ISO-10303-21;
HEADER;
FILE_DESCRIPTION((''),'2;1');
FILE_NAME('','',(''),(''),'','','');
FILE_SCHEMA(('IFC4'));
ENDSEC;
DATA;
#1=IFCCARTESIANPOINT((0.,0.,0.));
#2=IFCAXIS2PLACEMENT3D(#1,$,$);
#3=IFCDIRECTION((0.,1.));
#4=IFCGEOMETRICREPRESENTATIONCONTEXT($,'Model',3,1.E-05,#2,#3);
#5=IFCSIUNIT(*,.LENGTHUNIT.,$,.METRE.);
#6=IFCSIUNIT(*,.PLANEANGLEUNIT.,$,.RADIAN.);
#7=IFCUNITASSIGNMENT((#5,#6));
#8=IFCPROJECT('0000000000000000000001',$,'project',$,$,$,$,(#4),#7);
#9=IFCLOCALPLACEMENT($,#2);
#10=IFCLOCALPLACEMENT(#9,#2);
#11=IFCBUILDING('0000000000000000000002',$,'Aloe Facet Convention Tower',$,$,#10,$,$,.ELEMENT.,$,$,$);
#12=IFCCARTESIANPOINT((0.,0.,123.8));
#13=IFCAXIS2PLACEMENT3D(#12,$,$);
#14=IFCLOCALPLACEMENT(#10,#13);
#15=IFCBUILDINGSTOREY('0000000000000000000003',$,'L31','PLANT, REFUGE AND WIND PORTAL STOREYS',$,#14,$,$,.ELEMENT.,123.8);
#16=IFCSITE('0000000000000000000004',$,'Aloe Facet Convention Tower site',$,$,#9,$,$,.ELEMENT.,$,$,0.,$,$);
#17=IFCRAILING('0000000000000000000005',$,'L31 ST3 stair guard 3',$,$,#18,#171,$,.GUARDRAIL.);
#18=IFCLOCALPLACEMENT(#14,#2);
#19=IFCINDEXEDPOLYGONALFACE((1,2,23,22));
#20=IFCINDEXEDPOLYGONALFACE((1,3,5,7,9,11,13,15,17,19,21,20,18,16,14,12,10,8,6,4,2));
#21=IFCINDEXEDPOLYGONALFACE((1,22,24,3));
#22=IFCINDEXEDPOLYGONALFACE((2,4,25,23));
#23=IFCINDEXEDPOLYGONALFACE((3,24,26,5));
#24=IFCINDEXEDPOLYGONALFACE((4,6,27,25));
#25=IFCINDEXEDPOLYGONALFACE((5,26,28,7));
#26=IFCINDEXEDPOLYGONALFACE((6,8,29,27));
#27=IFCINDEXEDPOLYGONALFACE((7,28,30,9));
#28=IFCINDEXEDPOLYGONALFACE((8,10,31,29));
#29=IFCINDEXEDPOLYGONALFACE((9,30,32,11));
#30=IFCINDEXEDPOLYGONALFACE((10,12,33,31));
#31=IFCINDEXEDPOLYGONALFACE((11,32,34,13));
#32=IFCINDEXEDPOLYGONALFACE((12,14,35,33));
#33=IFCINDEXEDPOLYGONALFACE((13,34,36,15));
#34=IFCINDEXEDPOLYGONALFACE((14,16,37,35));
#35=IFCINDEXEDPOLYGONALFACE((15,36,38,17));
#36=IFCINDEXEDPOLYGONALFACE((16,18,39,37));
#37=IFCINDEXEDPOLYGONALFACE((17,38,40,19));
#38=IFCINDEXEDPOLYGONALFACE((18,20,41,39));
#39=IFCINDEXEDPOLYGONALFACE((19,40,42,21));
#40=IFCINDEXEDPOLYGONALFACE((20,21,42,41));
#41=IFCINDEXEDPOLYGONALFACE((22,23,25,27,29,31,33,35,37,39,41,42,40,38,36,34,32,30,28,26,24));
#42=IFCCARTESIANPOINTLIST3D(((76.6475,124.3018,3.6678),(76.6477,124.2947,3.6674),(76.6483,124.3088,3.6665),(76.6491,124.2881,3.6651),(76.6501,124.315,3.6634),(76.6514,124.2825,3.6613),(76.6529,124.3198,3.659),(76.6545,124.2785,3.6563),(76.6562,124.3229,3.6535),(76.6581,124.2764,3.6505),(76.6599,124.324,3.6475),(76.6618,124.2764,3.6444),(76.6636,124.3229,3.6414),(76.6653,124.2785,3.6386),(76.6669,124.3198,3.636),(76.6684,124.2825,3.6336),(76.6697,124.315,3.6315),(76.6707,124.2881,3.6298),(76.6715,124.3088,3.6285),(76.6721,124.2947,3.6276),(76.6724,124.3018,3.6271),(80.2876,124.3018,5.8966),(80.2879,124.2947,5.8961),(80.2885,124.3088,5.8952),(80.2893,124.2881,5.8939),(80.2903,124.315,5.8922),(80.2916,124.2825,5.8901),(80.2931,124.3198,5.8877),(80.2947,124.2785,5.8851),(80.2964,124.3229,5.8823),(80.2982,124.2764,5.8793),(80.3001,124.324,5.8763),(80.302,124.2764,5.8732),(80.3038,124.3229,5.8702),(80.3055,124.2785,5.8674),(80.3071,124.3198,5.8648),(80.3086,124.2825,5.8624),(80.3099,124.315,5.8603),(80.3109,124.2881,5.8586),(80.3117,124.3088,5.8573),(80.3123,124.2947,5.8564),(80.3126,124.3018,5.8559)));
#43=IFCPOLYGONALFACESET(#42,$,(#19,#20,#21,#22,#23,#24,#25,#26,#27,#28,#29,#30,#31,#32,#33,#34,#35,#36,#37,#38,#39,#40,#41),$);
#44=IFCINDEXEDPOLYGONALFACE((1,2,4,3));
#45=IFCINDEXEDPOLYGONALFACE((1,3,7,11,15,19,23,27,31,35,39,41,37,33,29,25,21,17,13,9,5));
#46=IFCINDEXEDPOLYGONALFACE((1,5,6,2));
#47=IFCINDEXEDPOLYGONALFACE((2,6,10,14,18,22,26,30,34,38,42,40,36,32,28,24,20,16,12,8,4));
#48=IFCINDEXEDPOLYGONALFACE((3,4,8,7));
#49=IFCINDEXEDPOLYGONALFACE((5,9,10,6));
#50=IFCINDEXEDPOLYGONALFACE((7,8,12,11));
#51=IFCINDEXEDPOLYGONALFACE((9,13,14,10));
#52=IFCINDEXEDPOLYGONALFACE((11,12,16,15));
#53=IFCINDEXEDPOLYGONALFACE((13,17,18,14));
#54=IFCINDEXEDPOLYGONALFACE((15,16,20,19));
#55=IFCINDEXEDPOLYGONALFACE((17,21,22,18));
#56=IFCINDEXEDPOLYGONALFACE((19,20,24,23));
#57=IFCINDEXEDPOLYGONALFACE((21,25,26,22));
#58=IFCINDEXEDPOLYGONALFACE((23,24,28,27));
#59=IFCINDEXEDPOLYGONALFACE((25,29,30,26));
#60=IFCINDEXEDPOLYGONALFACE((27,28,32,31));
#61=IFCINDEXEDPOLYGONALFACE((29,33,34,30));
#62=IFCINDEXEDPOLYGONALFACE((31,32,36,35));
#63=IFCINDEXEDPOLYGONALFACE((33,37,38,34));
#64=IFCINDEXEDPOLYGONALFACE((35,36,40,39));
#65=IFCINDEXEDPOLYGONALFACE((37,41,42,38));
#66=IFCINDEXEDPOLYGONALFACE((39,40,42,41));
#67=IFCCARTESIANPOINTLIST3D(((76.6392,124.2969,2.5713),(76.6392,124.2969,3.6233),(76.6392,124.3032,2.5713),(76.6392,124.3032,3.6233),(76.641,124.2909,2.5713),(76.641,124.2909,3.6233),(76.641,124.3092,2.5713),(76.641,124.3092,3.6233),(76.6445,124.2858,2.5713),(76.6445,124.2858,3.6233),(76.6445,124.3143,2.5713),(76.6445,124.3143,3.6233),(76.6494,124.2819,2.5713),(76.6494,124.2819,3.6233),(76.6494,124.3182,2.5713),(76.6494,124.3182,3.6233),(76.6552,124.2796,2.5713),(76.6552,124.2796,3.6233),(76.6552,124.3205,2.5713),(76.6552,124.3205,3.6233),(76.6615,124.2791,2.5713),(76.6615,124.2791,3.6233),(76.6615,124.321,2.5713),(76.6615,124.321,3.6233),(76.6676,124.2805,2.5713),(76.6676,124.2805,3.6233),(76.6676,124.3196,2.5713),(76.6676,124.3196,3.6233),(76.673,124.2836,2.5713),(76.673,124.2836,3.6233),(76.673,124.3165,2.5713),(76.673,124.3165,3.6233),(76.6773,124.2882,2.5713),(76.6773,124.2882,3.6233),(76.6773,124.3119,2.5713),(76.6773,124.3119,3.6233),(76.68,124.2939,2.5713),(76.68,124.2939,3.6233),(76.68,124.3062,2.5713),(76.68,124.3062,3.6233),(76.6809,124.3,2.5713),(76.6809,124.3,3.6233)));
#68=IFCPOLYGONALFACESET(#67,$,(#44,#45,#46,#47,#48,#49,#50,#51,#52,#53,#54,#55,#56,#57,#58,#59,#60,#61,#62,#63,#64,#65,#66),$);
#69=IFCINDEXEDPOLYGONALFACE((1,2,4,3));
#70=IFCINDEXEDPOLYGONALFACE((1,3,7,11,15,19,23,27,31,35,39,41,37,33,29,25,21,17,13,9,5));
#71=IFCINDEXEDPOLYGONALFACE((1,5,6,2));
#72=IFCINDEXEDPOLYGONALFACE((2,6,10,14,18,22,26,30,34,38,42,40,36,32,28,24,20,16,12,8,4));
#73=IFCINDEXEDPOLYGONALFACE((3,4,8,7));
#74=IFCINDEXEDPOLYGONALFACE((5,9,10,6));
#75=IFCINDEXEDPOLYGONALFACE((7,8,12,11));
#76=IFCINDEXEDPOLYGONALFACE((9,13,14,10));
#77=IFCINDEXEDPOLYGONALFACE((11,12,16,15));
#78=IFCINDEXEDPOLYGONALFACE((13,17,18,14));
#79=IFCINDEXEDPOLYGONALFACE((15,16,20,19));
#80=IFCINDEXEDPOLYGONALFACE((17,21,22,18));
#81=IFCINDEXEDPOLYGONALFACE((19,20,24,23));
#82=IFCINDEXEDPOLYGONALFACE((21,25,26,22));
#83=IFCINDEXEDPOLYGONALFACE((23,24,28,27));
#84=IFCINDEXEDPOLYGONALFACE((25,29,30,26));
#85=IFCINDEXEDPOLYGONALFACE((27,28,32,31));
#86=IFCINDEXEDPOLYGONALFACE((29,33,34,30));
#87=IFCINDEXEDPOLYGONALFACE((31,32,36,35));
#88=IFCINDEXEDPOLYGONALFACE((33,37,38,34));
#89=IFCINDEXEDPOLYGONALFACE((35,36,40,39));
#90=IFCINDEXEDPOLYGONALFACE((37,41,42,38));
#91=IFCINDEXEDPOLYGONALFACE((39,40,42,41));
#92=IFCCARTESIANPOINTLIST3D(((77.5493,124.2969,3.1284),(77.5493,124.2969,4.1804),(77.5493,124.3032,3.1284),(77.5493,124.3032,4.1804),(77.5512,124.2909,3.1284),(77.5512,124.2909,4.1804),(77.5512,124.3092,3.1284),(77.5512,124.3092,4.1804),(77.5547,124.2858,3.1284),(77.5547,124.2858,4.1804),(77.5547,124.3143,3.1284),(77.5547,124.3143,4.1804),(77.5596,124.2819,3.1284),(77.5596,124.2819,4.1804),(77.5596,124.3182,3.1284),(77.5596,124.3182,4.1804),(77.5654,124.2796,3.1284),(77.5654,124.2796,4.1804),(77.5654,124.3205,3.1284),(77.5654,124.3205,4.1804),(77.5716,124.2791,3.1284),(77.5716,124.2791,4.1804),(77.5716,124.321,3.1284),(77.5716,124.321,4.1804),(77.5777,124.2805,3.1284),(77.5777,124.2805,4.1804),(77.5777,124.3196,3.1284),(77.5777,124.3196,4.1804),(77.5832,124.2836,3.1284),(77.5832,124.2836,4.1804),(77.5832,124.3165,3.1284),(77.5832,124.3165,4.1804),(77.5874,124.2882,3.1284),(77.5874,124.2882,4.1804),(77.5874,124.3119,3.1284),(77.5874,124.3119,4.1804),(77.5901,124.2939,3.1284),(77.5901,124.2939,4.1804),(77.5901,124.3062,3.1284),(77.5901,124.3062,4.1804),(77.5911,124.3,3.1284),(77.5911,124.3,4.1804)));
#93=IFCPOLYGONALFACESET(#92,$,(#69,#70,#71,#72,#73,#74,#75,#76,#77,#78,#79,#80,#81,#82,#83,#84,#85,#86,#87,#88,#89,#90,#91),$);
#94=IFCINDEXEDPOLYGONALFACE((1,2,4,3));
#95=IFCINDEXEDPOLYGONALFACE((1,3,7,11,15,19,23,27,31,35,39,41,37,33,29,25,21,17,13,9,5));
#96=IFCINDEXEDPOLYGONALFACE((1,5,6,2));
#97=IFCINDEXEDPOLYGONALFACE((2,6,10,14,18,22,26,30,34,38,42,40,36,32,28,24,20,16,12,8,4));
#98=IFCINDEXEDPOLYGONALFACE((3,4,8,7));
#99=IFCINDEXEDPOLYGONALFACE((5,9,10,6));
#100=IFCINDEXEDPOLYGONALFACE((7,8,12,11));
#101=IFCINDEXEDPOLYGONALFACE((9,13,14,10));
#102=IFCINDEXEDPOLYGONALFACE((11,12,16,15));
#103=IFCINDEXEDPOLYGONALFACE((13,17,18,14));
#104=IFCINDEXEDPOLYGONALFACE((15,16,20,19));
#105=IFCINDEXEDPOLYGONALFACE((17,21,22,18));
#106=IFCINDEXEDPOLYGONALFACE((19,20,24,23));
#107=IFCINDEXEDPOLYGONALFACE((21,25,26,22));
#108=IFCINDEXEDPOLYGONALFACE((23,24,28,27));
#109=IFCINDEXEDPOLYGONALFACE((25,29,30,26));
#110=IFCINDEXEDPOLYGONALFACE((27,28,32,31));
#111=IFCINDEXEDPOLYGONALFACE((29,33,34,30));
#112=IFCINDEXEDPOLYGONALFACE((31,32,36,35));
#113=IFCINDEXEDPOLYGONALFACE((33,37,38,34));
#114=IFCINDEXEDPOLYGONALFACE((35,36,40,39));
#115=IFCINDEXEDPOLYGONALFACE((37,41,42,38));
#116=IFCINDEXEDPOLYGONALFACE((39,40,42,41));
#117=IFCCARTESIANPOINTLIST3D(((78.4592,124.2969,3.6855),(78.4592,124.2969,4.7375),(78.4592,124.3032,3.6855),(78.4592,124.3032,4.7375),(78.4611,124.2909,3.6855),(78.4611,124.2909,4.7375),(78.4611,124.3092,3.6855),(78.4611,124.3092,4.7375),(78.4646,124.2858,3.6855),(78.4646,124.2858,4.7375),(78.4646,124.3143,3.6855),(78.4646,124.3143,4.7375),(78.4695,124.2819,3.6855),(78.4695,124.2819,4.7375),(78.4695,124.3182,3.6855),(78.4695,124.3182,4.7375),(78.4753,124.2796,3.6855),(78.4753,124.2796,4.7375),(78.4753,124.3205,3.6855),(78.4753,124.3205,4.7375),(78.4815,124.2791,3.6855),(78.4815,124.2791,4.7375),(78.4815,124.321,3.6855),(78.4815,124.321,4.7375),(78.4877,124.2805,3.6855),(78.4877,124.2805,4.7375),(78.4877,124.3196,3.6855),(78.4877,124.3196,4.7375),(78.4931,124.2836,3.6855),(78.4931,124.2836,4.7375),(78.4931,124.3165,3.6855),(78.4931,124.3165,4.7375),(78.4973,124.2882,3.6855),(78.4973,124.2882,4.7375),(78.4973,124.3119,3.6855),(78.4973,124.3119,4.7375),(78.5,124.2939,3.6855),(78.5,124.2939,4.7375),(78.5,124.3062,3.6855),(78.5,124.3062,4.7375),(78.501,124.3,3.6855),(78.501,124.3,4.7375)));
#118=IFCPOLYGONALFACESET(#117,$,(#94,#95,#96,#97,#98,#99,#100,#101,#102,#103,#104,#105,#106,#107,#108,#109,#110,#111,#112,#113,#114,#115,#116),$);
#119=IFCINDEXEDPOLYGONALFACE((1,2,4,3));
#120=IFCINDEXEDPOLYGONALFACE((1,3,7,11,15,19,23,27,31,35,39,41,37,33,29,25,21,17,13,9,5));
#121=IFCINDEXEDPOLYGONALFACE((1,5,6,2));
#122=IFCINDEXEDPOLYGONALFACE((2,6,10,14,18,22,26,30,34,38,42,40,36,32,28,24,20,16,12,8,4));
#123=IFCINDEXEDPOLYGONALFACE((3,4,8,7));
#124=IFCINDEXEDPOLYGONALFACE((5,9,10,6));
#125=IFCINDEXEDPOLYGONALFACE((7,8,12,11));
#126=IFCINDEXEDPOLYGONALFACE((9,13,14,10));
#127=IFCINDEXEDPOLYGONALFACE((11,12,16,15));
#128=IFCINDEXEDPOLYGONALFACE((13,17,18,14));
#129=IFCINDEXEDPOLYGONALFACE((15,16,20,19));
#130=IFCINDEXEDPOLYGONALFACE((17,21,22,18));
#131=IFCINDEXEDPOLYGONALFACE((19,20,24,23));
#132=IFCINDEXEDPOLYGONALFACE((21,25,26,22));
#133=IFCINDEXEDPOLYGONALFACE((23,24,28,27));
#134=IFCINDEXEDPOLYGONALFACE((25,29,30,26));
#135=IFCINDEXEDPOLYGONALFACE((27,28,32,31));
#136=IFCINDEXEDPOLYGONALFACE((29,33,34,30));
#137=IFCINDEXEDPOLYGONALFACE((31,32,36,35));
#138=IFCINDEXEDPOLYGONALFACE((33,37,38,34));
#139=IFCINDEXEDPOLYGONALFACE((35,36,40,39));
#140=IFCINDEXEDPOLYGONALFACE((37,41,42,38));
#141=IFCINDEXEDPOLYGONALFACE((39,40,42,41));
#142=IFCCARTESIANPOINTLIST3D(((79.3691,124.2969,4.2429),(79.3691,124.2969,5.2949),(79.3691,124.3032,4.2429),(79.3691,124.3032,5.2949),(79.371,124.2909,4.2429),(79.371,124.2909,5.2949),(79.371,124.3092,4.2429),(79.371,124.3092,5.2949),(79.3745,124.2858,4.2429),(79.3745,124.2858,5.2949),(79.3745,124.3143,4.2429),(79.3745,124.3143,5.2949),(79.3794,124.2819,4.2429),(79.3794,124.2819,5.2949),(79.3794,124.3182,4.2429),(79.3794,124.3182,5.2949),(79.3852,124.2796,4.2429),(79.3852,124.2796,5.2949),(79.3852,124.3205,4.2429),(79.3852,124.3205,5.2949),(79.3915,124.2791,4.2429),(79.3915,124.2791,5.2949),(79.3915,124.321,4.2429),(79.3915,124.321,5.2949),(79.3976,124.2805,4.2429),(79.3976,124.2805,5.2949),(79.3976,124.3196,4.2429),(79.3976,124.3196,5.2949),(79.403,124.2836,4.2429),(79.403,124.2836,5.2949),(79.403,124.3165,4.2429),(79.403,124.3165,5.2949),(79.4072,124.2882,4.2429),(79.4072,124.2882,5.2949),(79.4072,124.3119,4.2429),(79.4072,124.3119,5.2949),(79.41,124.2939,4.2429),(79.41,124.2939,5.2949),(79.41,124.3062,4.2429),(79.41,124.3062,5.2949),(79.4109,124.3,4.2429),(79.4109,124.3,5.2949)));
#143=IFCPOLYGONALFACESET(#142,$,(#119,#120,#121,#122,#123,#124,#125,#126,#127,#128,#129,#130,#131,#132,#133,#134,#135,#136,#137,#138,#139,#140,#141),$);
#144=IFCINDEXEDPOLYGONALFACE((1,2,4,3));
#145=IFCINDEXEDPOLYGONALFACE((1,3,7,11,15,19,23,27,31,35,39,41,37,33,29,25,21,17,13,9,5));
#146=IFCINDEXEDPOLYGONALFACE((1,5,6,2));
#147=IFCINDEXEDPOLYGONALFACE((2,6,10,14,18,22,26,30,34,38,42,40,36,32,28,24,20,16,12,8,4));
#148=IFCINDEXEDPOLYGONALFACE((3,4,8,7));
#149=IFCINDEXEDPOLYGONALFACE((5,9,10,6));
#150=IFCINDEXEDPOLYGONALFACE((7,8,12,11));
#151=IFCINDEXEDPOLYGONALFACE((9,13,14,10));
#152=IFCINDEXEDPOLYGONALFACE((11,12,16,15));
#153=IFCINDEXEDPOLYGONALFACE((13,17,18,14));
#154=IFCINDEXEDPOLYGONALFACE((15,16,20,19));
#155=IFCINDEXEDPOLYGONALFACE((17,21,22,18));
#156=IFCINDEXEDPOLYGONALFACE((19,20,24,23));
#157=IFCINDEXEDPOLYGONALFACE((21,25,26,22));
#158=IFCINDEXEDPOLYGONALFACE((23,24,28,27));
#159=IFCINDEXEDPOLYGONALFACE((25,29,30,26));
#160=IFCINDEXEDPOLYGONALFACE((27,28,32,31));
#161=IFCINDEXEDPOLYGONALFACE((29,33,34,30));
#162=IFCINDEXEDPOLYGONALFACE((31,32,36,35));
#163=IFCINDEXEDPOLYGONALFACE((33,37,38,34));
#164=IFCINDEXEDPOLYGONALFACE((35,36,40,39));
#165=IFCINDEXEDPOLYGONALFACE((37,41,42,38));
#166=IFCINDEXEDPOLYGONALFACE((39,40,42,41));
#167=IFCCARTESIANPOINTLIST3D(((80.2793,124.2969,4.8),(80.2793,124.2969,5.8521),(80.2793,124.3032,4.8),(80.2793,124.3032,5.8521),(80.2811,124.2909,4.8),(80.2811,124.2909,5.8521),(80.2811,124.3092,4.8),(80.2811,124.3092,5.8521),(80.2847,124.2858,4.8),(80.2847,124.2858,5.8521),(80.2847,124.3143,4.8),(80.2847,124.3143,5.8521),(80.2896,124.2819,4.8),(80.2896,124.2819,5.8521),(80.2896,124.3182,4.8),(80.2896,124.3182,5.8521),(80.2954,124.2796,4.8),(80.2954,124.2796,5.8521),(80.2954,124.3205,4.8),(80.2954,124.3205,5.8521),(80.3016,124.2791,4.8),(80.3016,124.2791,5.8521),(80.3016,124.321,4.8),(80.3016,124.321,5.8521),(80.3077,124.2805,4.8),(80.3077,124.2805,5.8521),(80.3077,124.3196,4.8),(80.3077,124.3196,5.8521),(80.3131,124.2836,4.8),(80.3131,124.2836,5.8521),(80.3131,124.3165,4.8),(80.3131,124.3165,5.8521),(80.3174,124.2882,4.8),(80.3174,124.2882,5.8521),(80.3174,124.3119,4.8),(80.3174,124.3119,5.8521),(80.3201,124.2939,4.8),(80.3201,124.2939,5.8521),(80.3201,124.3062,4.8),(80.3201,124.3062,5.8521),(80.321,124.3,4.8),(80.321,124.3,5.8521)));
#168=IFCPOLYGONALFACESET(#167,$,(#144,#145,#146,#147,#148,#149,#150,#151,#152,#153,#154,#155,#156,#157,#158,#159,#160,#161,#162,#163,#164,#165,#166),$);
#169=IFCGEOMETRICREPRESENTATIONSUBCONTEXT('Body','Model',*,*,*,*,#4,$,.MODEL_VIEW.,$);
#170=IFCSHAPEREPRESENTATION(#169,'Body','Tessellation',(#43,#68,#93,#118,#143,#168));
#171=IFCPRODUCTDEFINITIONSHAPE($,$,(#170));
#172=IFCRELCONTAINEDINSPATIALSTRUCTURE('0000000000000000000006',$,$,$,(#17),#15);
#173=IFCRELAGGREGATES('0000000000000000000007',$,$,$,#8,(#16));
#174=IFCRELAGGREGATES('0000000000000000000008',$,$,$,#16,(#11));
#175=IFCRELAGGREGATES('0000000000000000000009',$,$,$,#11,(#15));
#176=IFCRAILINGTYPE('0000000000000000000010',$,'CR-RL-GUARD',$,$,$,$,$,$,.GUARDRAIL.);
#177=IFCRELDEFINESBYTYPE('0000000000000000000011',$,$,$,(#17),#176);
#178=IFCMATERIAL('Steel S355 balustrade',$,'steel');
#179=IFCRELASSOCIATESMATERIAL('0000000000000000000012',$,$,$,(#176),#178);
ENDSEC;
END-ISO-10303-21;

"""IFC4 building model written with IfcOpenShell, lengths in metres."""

from ifc_helpers import new_model, si_unit, direction, frame, origin, origin_2d, place, context, subcontext, project, spatial, circle, extrude, material, type_object, element, save


model = new_model("IFC4")

# Units and contexts
model_context = context("Model", 3, precision=1e-05, world=origin(), true_north=direction((0.0, 1.0)))
body_context = subcontext(model_context, "Body", "Model", "MODEL_VIEW")
ifc_project = project(units=[si_unit("LENGTHUNIT", "METRE"), si_unit("PLANEANGLEUNIT", "RADIAN")], contexts=[model_context])

# Site, building, storey
site_placement = place(None, origin())
site = spatial("IfcSite", under=ifc_project, at=site_placement, Name="Aloe Facet Convention Tower site", CompositionType="ELEMENT", RefElevation=0.0)
building_placement = place(site_placement, origin())
building = spatial("IfcBuilding", under=site, at=building_placement, Name="Aloe Facet Convention Tower", CompositionType="ELEMENT")
storey_placement = place(building_placement, frame((0.0, 0.0, 123.8)))
storey = spatial("IfcBuildingStorey", under=building, at=storey_placement, Name="L31", Description="PLANT, REFUGE AND WIND PORTAL STOREYS", CompositionType="ELEMENT", Elevation=123.8)

# Railing
ifc_material_1 = material(Name="Steel S355 balustrade", Category="steel")
railing_type_1 = type_object("IfcRailingType", Name="CR-RL-GUARD", PredefinedType="GUARDRAIL", material=ifc_material_1)
railing_1_placement = place(storey_placement, frame((76.6599, 124.3, 2.5713)))
element("IfcRailing", 1, at=railing_1_placement, inside=storey, type_object=railing_type_1, Name="L31 ST3 stair guard 3", PredefinedType="GUARDRAIL", context=body_context, shape_type="SweptSolid", body=[
    extrude(circle(Radius=0.0239, at=origin_2d()), frame((0.0, 0.0, 1.0762), z_axis=(0.85284, 0.0, 0.522172), x_axis=(0.0, 1.0, 0.0)), (0.0, 0.0, 1.0), 4.2683),
    extrude(circle(Radius=0.021, at=origin_2d()), origin(), (0.0, 0.0, 1.0), 1.052),
    extrude(circle(Radius=0.021, at=origin_2d()), frame((0.9102, 0.0, 0.5571)), (0.0, 0.0, 1.0), 1.052),
    extrude(circle(Radius=0.021, at=origin_2d()), frame((1.8201, 0.0, 1.1143)), (0.0, 0.0, 1.0), 1.052),
    extrude(circle(Radius=0.021, at=origin_2d()), frame((2.73, 0.0, 1.6716)), (0.0, 0.0, 1.0), 1.052),
    extrude(circle(Radius=0.021, at=origin_2d()), frame((3.6401, 0.0, 2.2288)), (0.0, 0.0, 1.0), 1.052),
])

save(model, "model.ifc")
